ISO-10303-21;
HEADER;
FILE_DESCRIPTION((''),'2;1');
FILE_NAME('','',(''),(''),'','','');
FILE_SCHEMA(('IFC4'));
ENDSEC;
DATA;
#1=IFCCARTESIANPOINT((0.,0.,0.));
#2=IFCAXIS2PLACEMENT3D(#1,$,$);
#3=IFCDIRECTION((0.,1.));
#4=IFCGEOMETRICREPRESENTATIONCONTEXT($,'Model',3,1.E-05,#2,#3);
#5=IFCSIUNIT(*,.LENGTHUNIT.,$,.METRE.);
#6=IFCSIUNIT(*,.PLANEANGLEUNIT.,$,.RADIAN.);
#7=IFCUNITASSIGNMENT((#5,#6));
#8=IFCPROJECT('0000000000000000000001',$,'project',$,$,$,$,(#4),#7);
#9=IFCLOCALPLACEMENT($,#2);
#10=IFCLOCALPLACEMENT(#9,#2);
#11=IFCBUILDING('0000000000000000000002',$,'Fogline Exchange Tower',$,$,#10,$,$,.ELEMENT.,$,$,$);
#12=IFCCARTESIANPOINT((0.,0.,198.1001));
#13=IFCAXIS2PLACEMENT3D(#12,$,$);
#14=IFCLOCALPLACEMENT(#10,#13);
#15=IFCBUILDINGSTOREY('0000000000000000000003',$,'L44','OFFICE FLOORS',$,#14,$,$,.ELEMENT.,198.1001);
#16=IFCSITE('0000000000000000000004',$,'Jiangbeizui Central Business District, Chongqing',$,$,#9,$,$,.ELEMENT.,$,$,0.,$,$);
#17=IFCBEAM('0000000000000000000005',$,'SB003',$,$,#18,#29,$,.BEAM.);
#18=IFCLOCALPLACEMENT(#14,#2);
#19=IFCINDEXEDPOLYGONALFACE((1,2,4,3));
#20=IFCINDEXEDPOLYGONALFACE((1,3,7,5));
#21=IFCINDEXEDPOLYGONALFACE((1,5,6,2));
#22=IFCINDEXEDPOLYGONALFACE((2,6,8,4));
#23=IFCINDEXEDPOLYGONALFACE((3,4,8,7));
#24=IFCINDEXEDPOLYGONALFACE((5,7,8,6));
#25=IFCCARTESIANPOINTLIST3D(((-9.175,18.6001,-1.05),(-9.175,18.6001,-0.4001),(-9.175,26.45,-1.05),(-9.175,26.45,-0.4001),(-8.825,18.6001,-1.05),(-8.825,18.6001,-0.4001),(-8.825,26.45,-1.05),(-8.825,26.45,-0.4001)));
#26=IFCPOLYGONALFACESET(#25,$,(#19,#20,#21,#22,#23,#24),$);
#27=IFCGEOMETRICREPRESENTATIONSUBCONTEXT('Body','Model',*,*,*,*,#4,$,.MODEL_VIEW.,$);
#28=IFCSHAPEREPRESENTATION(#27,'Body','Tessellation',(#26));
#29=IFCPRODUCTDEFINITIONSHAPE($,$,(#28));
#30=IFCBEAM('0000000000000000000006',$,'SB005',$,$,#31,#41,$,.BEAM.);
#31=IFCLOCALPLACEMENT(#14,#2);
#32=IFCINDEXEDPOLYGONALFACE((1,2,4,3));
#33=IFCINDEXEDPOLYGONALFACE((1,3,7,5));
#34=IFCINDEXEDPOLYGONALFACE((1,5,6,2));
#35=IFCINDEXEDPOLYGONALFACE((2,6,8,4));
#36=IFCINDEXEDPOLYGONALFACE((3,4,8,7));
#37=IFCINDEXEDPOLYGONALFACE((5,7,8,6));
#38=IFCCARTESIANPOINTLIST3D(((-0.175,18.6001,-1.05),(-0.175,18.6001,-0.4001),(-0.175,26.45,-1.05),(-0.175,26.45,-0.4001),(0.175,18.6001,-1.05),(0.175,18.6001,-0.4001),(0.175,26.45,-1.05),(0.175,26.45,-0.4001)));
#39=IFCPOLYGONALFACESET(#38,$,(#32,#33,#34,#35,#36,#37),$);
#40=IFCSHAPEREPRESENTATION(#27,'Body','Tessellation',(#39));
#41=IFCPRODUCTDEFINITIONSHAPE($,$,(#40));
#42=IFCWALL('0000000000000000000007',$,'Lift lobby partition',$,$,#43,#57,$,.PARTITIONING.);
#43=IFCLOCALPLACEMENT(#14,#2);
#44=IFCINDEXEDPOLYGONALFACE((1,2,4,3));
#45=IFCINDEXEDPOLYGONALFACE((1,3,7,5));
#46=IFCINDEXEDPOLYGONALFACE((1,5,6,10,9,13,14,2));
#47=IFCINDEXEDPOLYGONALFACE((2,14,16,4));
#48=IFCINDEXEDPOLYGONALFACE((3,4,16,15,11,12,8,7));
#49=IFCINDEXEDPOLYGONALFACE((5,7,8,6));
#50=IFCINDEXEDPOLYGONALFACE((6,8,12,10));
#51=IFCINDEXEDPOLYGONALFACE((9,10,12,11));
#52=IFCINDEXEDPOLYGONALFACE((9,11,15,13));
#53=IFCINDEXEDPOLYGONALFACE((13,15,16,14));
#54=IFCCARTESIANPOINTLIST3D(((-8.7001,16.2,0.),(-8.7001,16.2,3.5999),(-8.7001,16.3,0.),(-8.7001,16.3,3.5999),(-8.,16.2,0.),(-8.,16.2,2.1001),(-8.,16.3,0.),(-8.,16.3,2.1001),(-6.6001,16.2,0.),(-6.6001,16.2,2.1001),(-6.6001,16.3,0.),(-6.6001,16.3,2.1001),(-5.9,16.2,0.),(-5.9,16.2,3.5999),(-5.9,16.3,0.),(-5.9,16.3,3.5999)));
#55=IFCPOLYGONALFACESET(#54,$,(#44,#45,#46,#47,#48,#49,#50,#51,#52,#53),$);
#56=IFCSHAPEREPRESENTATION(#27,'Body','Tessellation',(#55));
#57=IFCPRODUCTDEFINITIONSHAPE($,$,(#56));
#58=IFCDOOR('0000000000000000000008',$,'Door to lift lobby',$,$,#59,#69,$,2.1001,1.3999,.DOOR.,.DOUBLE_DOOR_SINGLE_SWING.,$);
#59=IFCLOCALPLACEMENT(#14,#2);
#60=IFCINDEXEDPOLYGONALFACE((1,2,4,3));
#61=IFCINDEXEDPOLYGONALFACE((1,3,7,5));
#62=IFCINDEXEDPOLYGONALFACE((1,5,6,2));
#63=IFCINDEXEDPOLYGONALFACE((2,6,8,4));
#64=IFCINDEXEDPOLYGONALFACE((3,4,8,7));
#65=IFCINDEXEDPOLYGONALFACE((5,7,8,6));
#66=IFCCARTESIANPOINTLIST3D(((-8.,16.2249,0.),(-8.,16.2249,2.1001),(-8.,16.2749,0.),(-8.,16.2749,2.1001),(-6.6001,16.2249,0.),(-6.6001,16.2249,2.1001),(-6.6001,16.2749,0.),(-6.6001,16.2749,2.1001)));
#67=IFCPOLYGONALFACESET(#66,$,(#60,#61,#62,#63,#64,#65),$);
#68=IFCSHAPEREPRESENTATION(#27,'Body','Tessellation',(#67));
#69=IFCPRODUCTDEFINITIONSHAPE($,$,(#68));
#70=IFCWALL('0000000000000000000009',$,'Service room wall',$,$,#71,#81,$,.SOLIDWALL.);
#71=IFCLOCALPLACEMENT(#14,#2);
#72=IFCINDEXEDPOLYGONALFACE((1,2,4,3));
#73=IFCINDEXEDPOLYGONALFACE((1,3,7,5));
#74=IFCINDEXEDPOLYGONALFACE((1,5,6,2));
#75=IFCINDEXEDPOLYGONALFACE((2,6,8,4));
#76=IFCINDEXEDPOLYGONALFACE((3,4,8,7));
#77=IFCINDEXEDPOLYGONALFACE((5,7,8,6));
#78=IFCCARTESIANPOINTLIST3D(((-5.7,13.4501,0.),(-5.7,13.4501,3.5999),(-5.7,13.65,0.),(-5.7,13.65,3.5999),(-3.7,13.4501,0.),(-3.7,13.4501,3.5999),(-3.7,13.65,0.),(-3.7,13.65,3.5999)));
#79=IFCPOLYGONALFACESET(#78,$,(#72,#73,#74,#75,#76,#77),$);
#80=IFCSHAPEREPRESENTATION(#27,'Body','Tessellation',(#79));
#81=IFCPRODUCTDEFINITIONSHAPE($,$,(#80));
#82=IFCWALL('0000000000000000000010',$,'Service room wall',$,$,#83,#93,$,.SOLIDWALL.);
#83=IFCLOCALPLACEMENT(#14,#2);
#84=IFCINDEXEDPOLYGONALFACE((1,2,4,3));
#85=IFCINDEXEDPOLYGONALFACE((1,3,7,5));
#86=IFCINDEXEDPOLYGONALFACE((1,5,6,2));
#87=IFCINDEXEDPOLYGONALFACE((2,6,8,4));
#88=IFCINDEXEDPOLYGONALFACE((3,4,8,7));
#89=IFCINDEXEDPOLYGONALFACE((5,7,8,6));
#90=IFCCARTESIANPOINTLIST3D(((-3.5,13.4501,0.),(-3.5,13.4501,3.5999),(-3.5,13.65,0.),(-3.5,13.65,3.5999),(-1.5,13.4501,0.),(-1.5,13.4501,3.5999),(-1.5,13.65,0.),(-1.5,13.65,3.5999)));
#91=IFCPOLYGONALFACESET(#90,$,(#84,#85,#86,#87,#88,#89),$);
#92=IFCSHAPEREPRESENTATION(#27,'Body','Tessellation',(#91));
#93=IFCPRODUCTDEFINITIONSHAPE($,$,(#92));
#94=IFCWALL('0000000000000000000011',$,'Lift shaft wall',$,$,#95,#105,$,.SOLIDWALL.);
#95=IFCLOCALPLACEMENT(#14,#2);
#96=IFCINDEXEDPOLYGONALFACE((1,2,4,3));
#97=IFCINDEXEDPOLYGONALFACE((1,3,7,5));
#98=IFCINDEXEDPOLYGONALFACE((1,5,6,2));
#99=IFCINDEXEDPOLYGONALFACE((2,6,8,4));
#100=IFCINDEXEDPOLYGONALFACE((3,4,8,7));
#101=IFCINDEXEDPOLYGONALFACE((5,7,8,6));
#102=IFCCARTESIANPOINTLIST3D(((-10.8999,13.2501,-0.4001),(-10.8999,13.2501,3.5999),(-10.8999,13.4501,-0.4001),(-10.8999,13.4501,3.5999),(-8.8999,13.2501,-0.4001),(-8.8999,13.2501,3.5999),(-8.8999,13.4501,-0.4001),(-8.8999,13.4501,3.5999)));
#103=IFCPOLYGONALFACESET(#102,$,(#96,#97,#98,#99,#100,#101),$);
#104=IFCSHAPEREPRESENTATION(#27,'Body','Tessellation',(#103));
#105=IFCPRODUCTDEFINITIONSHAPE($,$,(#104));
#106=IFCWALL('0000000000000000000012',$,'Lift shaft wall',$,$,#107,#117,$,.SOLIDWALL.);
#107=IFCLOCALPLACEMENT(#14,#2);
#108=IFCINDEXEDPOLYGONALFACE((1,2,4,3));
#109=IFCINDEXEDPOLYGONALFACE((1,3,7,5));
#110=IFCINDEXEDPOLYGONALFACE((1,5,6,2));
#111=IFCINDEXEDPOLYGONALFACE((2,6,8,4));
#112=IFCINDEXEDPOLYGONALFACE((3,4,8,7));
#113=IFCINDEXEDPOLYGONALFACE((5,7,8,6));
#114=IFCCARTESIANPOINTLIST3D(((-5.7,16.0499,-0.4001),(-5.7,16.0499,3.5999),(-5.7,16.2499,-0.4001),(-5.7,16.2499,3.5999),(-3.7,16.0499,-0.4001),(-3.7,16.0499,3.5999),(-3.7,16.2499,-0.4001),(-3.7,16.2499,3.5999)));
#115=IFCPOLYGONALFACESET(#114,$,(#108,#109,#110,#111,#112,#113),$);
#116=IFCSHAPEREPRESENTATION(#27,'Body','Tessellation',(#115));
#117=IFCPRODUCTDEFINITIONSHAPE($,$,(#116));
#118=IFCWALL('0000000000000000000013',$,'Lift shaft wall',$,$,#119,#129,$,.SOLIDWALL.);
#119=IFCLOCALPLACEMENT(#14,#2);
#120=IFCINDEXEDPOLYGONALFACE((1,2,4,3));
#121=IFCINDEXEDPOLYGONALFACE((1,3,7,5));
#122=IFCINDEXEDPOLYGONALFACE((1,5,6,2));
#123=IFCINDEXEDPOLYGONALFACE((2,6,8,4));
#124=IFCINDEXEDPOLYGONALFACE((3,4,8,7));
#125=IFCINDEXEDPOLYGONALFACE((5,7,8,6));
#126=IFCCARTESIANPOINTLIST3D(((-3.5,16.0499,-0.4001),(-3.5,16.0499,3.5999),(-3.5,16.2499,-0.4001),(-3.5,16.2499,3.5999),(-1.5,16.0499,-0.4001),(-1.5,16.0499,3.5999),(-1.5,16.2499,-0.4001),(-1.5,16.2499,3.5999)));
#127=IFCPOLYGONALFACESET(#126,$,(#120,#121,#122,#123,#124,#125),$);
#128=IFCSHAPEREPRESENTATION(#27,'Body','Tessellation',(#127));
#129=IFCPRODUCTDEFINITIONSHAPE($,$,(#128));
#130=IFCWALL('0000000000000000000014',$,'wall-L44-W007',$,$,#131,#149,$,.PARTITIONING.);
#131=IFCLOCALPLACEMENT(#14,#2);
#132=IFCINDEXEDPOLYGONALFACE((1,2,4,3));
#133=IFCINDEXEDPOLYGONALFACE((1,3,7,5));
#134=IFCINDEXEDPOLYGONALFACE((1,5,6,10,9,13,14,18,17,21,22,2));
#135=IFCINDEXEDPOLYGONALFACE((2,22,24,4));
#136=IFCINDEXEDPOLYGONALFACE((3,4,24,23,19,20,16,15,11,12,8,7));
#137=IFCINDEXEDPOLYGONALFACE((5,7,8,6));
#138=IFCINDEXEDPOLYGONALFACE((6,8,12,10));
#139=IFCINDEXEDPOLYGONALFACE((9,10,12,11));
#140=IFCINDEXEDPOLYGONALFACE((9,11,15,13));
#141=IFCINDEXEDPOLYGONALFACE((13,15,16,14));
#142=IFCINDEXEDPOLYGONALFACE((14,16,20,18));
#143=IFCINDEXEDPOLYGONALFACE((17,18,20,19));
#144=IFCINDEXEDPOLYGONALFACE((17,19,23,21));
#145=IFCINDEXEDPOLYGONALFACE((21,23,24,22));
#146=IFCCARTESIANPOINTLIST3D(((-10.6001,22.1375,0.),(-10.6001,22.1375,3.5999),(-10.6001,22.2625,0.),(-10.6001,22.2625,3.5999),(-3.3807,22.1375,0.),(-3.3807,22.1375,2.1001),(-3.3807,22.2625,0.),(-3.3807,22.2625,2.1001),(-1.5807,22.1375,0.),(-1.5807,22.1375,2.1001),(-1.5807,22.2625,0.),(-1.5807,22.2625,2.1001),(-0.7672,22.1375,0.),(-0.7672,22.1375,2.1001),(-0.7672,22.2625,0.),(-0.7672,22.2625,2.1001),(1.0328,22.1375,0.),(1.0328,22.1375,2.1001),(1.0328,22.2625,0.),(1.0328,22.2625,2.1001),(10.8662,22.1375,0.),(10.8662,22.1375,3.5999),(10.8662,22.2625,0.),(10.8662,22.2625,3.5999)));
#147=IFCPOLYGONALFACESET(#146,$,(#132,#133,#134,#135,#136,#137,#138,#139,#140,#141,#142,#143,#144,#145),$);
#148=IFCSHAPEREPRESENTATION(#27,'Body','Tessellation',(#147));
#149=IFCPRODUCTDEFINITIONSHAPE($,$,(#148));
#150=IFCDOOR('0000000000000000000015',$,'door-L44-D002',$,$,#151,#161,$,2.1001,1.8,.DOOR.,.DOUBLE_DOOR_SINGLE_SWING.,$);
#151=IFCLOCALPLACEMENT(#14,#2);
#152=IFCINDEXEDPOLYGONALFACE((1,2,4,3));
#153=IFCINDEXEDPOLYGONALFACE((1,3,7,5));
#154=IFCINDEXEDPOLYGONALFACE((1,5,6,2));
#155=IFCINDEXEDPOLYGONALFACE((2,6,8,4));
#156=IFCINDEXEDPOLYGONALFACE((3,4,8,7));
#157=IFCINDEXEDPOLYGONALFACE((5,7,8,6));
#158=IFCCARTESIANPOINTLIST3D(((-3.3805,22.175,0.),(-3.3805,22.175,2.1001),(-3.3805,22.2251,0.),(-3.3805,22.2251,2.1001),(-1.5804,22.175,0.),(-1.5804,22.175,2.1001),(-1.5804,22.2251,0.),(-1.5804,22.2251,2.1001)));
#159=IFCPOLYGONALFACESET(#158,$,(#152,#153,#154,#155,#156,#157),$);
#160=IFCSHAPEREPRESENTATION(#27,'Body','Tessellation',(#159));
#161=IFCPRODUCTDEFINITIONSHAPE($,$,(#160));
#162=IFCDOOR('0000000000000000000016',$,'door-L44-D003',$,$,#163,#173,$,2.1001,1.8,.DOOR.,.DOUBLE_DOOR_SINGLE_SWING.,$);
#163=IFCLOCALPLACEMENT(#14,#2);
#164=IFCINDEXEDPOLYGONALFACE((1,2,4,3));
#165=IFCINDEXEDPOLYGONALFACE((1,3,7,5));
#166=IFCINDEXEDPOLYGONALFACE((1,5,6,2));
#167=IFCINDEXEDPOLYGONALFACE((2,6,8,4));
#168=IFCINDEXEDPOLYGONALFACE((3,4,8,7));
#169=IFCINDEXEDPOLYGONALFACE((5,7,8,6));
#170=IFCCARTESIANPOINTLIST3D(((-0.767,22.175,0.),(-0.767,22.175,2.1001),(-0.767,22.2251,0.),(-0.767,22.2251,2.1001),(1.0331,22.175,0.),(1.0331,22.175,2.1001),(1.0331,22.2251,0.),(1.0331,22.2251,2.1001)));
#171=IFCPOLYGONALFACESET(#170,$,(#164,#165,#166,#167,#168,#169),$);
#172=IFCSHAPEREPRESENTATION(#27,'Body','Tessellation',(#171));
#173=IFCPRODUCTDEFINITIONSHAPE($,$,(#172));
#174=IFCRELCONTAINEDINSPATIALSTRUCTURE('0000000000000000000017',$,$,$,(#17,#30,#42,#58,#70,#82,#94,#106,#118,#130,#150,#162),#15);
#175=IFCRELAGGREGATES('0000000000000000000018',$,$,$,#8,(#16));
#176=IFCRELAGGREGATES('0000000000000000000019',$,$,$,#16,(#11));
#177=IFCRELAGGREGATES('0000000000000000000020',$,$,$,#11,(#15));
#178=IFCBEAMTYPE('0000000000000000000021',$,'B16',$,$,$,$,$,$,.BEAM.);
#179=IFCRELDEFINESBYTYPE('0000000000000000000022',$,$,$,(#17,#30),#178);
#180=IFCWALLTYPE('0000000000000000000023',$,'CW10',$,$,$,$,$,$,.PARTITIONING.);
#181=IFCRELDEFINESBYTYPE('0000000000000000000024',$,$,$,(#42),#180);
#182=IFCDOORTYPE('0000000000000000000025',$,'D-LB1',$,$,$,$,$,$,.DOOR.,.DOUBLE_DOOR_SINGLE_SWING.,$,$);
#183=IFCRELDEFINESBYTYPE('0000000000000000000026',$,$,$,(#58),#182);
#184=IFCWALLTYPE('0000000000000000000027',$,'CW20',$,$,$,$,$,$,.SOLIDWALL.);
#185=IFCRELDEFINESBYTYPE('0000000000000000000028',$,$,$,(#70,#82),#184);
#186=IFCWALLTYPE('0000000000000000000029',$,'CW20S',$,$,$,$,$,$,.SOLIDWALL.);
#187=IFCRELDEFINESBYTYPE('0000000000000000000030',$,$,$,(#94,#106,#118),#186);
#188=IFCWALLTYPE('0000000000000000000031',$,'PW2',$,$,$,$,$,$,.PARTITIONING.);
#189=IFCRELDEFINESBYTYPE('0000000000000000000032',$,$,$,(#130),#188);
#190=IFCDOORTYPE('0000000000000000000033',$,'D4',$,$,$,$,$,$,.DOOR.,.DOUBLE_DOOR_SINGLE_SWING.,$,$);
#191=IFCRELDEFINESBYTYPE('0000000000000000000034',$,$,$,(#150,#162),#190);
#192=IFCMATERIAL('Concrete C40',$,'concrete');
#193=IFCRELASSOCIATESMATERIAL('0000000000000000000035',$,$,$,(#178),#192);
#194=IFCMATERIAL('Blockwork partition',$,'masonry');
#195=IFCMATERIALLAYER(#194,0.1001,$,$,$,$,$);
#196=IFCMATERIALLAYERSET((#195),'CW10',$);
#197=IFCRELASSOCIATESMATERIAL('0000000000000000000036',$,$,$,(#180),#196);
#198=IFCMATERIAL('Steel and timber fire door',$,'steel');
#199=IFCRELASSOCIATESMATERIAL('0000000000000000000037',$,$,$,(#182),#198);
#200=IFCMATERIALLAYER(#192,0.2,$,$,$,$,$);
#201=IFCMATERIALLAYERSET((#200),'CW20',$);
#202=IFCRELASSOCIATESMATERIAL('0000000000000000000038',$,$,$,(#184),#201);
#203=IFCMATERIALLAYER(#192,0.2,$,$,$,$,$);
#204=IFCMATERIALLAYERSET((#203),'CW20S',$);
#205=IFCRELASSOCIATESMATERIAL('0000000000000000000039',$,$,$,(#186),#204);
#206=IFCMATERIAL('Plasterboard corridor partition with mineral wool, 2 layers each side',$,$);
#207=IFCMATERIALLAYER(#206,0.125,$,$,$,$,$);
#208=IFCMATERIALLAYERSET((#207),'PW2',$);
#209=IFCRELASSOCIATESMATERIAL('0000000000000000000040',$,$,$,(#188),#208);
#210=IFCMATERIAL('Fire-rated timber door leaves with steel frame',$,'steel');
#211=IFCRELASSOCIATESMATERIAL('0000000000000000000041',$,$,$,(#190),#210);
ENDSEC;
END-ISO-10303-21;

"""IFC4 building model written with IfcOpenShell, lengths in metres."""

from ifc_helpers import new_model, si_unit, direction, frame, frame_2d, origin, origin_2d, place, context, subcontext, project, spatial, rectangle, extrude, material, layer, layer_set, material_profile, profile_set, type_object, element, fill, save


model = new_model("IFC4")

# Units and contexts
model_context = context("Model", 3, precision=1e-05, world=origin(), true_north=direction((0.0, 1.0)))
body_context = subcontext(model_context, "Body", "Model", "MODEL_VIEW")
ifc_project = project(units=[si_unit("LENGTHUNIT", "METRE"), si_unit("PLANEANGLEUNIT", "RADIAN")], contexts=[model_context])

# Site, building, storey
site_placement = place(None, origin())
site = spatial("IfcSite", under=ifc_project, at=site_placement, Name="Jiangbeizui Central Business District, Chongqing", CompositionType="ELEMENT", RefElevation=0.0)
building_placement = place(site_placement, origin())
building = spatial("IfcBuilding", under=site, at=building_placement, Name="Fogline Exchange Tower", CompositionType="ELEMENT")
storey_placement = place(building_placement, frame((0.0, 0.0, 198.1001)))
storey = spatial("IfcBuildingStorey", under=building, at=storey_placement, Name="L44", Description="OFFICE FLOORS", CompositionType="ELEMENT", Elevation=198.1001)

# Beams
ifc_material_1 = material(Name="Concrete C40", Category="concrete")
ifc_material_profile = material_profile(ifc_material_1, rectangle(XDim=0.3501, YDim=0.6499, at=origin_2d()), Name="RC 350x650")
ifc_profile_set = profile_set([ifc_material_profile], Name="Concrete C40")
beam_type = type_object("IfcBeamType", Name="B16", PredefinedType="BEAM", material=ifc_profile_set)
for number, where, z_axis, x_axis, name in (
    (1, (-9.0, 18.6001, -0.7251), (0.0, 1.0, 0.0), (-1.0, 0.0, 0.0), "SB003"),
    (2, (0.0, 18.6001, -0.7251), (0.0, 1.0, 0.0), (-1.0, 0.0, 0.0), "SB005"),
):
    element("IfcBeam", number, at=place(storey_placement, frame(where, z_axis=z_axis, x_axis=x_axis)), inside=storey, type_object=beam_type, Name=name, PredefinedType="BEAM", context=body_context, shape_type="SweptSolid", body=[
        extrude(rectangle(XDim=0.3501, YDim=0.6499, at=origin_2d()), origin(), (0.0, 0.0, 1.0), 7.8499),
    ])

# Wall, opening, door
ifc_material_2 = material(Name="Blockwork partition", Category="masonry")
ifc_layer_1 = layer(ifc_material_2, 0.1001)
ifc_layer_set_1 = layer_set([ifc_layer_1], Name="CW10")
wall_type_1 = type_object("IfcWallType", Name="CW10", PredefinedType="PARTITIONING", material=ifc_layer_set_1)
wall_1_placement = place(storey_placement, frame((-8.7, 16.25, 0.0), z_axis=(0.0, 0.0, 1.0), x_axis=(1.0, 0.0, 0.0)))
wall_1 = element("IfcWall", 3, at=wall_1_placement, inside=storey, type_object=wall_type_1, Name="Lift lobby partition", PredefinedType="PARTITIONING", context=body_context, shape_type="SweptSolid", body=[
    extrude(rectangle(XDim=2.8, YDim=0.1001, at=frame_2d((1.3999, 0.0))), origin(), (0.0, 0.0, 1.0), 3.5999),
])
opening_1_placement = place(wall_1_placement, frame((0.7, 0.0, 0.0)))
opening_1 = element("IfcOpeningElement", 4, at=opening_1_placement, cuts=wall_1, PredefinedType="OPENING", context=body_context, shape_type="SweptSolid", body=[
    extrude(rectangle(XDim=1.3999, YDim=2.1001, at=frame_2d((0.7, 1.05))), frame((0.0, 0.0601, 0.0), z_axis=(0.0, -1.0, 0.0), x_axis=(1.0, 0.0, 0.0)), (0.0, 0.0, 1.0), 0.1201),
])
ifc_material_3 = material(Name="Steel and timber fire door", Category="steel")
door_type_1 = type_object("IfcDoorType", Name="D-LB1", OperationType="DOUBLE_DOOR_SINGLE_SWING", PredefinedType="DOOR", material=ifc_material_3)
door_1_placement = place(opening_1_placement, origin())
door_1 = element("IfcDoor", 5, at=door_1_placement, inside=storey, type_object=door_type_1, Name="Door to lift lobby", OperationType="DOUBLE_DOOR_SINGLE_SWING", OverallHeight=2.1001, OverallWidth=1.3999, PredefinedType="DOOR", context=body_context, shape_type="SweptSolid", body=[
    extrude(rectangle(XDim=1.3999, YDim=2.1001, at=frame_2d((0.7, 1.05))), frame((0.0, 0.0249, 0.0), z_axis=(0.0, -1.0, 0.0), x_axis=(1.0, 0.0, 0.0)), (0.0, 0.0, 1.0), 0.05),
])
fill(opening_1, door_1)

# Walls
ifc_layer_2 = layer(ifc_material_1, 0.2)
ifc_layer_set_2 = layer_set([ifc_layer_2], Name="CW20")
wall_type_2 = type_object("IfcWallType", Name="CW20", PredefinedType="SOLIDWALL", material=ifc_layer_set_2)
for number, where, z_axis, x_axis, name in (
    (6, (-5.7, 13.55, 0.0), (0.0, 0.0, 1.0), (1.0, 0.0, 0.0), "Service room wall"),
    (7, (-3.5, 13.55, 0.0), (0.0, 0.0, 1.0), (1.0, 0.0, 0.0), "Service room wall"),
):
    element("IfcWall", number, at=place(storey_placement, frame(where, z_axis=z_axis, x_axis=x_axis)), inside=storey, type_object=wall_type_2, Name=name, PredefinedType="SOLIDWALL", context=body_context, shape_type="SweptSolid", body=[
        extrude(rectangle(XDim=2.0, YDim=0.2, at=frame_2d((1.0, 0.0))), origin(), (0.0, 0.0, 1.0), 3.5999),
    ])
ifc_layer_3 = layer(ifc_material_1, 0.2)
ifc_layer_set_3 = layer_set([ifc_layer_3], Name="CW20S")
wall_type_3 = type_object("IfcWallType", Name="CW20S", PredefinedType="SOLIDWALL", material=ifc_layer_set_3)
for number, where, z_axis, x_axis, name in (
    (8, (-10.8999, 13.3501, -0.4001), (0.0, 0.0, 1.0), (1.0, 0.0, 0.0), "Lift shaft wall"),
    (9, (-5.7, 16.1499, -0.4001), (0.0, 0.0, 1.0), (1.0, 0.0, 0.0), "Lift shaft wall"),
    (10, (-3.5, 16.1499, -0.4001), (0.0, 0.0, 1.0), (1.0, 0.0, 0.0), "Lift shaft wall"),
):
    element("IfcWall", number, at=place(storey_placement, frame(where, z_axis=z_axis, x_axis=x_axis)), inside=storey, type_object=wall_type_3, Name=name, PredefinedType="SOLIDWALL", context=body_context, shape_type="SweptSolid", body=[
        extrude(rectangle(XDim=2.0, YDim=0.2, at=frame_2d((1.0, 0.0))), origin(), (0.0, 0.0, 1.0), 4.0),
    ])

# Wall, openings, doors
ifc_material_4 = material(Name="Plasterboard corridor partition with mineral wool, 2 layers each side")
ifc_layer_4 = layer(ifc_material_4, 0.125)
ifc_layer_set_4 = layer_set([ifc_layer_4], Name="PW2")
wall_type_4 = type_object("IfcWallType", Name="PW2", PredefinedType="PARTITIONING", material=ifc_layer_set_4)
wall_2_placement = place(storey_placement, frame((-10.6001, 22.2, 0.0), z_axis=(0.0, 0.0, 1.0), x_axis=(1.0, 0.0, 0.0)))
wall_2 = element("IfcWall", 11, at=wall_2_placement, inside=storey, type_object=wall_type_4, Name="wall-L44-W007", PredefinedType="PARTITIONING", context=body_context, shape_type="SweptSolid", body=[
    extrude(rectangle(XDim=21.4663, YDim=0.125, at=frame_2d((10.7332, 0.0))), origin(), (0.0, 0.0, 1.0), 3.5999),
])
opening_2_placement = place(wall_2_placement, frame((7.2195, 0.0, 0.0)))
opening_2 = element("IfcOpeningElement", 12, at=opening_2_placement, cuts=wall_2, PredefinedType="OPENING", context=body_context, shape_type="SweptSolid", body=[
    extrude(rectangle(XDim=1.8, YDim=2.1001, at=frame_2d((0.8999, 1.05))), frame((0.0, 0.0725, 0.0), z_axis=(0.0, -1.0, 0.0), x_axis=(1.0, 0.0, 0.0)), (0.0, 0.0, 1.0), 0.145),
])
opening_3_placement = place(wall_2_placement, frame((9.833, 0.0, 0.0)))
opening_3 = element("IfcOpeningElement", 13, at=opening_3_placement, cuts=wall_2, PredefinedType="OPENING", context=body_context, shape_type="SweptSolid", body=[
    extrude(rectangle(XDim=1.8, YDim=2.1001, at=frame_2d((0.8999, 1.05))), frame((0.0, 0.0725, 0.0), z_axis=(0.0, -1.0, 0.0), x_axis=(1.0, 0.0, 0.0)), (0.0, 0.0, 1.0), 0.145),
])
ifc_material_5 = material(Name="Fire-rated timber door leaves with steel frame", Category="steel")
door_type_2 = type_object("IfcDoorType", Name="D4", OperationType="DOUBLE_DOOR_SINGLE_SWING", PredefinedType="DOOR", material=ifc_material_5)
door_2_placement = place(opening_2_placement, frame((1.8, 0.0, 0.0), z_axis=(0.0, 0.0, 1.0), x_axis=(-1.0, 0.0, 0.0)))
door_2 = element("IfcDoor", 14, at=door_2_placement, inside=storey, type_object=door_type_2, Name="door-L44-D002", OperationType="DOUBLE_DOOR_SINGLE_SWING", OverallHeight=2.1001, OverallWidth=1.8, PredefinedType="DOOR", context=body_context, shape_type="SweptSolid", body=[
    extrude(rectangle(XDim=1.8, YDim=2.1001, at=frame_2d((0.8999, 1.05))), frame((0.0, 0.0249, 0.0), z_axis=(0.0, -1.0, 0.0), x_axis=(1.0, 0.0, 0.0)), (0.0, 0.0, 1.0), 0.05),
])
fill(opening_2, door_2)
door_3_placement = place(opening_3_placement, frame((1.8, 0.0, 0.0), z_axis=(0.0, 0.0, 1.0), x_axis=(-1.0, 0.0, 0.0)))
door_3 = element("IfcDoor", 15, at=door_3_placement, inside=storey, type_object=door_type_2, Name="door-L44-D003", OperationType="DOUBLE_DOOR_SINGLE_SWING", OverallHeight=2.1001, OverallWidth=1.8, PredefinedType="DOOR", context=body_context, shape_type="SweptSolid", body=[
    extrude(rectangle(XDim=1.8, YDim=2.1001, at=frame_2d((0.8999, 1.05))), frame((0.0, 0.0249, 0.0), z_axis=(0.0, -1.0, 0.0), x_axis=(1.0, 0.0, 0.0)), (0.0, 0.0, 1.0), 0.05),
])
fill(opening_3, door_3)

save(model, "model.ifc")
